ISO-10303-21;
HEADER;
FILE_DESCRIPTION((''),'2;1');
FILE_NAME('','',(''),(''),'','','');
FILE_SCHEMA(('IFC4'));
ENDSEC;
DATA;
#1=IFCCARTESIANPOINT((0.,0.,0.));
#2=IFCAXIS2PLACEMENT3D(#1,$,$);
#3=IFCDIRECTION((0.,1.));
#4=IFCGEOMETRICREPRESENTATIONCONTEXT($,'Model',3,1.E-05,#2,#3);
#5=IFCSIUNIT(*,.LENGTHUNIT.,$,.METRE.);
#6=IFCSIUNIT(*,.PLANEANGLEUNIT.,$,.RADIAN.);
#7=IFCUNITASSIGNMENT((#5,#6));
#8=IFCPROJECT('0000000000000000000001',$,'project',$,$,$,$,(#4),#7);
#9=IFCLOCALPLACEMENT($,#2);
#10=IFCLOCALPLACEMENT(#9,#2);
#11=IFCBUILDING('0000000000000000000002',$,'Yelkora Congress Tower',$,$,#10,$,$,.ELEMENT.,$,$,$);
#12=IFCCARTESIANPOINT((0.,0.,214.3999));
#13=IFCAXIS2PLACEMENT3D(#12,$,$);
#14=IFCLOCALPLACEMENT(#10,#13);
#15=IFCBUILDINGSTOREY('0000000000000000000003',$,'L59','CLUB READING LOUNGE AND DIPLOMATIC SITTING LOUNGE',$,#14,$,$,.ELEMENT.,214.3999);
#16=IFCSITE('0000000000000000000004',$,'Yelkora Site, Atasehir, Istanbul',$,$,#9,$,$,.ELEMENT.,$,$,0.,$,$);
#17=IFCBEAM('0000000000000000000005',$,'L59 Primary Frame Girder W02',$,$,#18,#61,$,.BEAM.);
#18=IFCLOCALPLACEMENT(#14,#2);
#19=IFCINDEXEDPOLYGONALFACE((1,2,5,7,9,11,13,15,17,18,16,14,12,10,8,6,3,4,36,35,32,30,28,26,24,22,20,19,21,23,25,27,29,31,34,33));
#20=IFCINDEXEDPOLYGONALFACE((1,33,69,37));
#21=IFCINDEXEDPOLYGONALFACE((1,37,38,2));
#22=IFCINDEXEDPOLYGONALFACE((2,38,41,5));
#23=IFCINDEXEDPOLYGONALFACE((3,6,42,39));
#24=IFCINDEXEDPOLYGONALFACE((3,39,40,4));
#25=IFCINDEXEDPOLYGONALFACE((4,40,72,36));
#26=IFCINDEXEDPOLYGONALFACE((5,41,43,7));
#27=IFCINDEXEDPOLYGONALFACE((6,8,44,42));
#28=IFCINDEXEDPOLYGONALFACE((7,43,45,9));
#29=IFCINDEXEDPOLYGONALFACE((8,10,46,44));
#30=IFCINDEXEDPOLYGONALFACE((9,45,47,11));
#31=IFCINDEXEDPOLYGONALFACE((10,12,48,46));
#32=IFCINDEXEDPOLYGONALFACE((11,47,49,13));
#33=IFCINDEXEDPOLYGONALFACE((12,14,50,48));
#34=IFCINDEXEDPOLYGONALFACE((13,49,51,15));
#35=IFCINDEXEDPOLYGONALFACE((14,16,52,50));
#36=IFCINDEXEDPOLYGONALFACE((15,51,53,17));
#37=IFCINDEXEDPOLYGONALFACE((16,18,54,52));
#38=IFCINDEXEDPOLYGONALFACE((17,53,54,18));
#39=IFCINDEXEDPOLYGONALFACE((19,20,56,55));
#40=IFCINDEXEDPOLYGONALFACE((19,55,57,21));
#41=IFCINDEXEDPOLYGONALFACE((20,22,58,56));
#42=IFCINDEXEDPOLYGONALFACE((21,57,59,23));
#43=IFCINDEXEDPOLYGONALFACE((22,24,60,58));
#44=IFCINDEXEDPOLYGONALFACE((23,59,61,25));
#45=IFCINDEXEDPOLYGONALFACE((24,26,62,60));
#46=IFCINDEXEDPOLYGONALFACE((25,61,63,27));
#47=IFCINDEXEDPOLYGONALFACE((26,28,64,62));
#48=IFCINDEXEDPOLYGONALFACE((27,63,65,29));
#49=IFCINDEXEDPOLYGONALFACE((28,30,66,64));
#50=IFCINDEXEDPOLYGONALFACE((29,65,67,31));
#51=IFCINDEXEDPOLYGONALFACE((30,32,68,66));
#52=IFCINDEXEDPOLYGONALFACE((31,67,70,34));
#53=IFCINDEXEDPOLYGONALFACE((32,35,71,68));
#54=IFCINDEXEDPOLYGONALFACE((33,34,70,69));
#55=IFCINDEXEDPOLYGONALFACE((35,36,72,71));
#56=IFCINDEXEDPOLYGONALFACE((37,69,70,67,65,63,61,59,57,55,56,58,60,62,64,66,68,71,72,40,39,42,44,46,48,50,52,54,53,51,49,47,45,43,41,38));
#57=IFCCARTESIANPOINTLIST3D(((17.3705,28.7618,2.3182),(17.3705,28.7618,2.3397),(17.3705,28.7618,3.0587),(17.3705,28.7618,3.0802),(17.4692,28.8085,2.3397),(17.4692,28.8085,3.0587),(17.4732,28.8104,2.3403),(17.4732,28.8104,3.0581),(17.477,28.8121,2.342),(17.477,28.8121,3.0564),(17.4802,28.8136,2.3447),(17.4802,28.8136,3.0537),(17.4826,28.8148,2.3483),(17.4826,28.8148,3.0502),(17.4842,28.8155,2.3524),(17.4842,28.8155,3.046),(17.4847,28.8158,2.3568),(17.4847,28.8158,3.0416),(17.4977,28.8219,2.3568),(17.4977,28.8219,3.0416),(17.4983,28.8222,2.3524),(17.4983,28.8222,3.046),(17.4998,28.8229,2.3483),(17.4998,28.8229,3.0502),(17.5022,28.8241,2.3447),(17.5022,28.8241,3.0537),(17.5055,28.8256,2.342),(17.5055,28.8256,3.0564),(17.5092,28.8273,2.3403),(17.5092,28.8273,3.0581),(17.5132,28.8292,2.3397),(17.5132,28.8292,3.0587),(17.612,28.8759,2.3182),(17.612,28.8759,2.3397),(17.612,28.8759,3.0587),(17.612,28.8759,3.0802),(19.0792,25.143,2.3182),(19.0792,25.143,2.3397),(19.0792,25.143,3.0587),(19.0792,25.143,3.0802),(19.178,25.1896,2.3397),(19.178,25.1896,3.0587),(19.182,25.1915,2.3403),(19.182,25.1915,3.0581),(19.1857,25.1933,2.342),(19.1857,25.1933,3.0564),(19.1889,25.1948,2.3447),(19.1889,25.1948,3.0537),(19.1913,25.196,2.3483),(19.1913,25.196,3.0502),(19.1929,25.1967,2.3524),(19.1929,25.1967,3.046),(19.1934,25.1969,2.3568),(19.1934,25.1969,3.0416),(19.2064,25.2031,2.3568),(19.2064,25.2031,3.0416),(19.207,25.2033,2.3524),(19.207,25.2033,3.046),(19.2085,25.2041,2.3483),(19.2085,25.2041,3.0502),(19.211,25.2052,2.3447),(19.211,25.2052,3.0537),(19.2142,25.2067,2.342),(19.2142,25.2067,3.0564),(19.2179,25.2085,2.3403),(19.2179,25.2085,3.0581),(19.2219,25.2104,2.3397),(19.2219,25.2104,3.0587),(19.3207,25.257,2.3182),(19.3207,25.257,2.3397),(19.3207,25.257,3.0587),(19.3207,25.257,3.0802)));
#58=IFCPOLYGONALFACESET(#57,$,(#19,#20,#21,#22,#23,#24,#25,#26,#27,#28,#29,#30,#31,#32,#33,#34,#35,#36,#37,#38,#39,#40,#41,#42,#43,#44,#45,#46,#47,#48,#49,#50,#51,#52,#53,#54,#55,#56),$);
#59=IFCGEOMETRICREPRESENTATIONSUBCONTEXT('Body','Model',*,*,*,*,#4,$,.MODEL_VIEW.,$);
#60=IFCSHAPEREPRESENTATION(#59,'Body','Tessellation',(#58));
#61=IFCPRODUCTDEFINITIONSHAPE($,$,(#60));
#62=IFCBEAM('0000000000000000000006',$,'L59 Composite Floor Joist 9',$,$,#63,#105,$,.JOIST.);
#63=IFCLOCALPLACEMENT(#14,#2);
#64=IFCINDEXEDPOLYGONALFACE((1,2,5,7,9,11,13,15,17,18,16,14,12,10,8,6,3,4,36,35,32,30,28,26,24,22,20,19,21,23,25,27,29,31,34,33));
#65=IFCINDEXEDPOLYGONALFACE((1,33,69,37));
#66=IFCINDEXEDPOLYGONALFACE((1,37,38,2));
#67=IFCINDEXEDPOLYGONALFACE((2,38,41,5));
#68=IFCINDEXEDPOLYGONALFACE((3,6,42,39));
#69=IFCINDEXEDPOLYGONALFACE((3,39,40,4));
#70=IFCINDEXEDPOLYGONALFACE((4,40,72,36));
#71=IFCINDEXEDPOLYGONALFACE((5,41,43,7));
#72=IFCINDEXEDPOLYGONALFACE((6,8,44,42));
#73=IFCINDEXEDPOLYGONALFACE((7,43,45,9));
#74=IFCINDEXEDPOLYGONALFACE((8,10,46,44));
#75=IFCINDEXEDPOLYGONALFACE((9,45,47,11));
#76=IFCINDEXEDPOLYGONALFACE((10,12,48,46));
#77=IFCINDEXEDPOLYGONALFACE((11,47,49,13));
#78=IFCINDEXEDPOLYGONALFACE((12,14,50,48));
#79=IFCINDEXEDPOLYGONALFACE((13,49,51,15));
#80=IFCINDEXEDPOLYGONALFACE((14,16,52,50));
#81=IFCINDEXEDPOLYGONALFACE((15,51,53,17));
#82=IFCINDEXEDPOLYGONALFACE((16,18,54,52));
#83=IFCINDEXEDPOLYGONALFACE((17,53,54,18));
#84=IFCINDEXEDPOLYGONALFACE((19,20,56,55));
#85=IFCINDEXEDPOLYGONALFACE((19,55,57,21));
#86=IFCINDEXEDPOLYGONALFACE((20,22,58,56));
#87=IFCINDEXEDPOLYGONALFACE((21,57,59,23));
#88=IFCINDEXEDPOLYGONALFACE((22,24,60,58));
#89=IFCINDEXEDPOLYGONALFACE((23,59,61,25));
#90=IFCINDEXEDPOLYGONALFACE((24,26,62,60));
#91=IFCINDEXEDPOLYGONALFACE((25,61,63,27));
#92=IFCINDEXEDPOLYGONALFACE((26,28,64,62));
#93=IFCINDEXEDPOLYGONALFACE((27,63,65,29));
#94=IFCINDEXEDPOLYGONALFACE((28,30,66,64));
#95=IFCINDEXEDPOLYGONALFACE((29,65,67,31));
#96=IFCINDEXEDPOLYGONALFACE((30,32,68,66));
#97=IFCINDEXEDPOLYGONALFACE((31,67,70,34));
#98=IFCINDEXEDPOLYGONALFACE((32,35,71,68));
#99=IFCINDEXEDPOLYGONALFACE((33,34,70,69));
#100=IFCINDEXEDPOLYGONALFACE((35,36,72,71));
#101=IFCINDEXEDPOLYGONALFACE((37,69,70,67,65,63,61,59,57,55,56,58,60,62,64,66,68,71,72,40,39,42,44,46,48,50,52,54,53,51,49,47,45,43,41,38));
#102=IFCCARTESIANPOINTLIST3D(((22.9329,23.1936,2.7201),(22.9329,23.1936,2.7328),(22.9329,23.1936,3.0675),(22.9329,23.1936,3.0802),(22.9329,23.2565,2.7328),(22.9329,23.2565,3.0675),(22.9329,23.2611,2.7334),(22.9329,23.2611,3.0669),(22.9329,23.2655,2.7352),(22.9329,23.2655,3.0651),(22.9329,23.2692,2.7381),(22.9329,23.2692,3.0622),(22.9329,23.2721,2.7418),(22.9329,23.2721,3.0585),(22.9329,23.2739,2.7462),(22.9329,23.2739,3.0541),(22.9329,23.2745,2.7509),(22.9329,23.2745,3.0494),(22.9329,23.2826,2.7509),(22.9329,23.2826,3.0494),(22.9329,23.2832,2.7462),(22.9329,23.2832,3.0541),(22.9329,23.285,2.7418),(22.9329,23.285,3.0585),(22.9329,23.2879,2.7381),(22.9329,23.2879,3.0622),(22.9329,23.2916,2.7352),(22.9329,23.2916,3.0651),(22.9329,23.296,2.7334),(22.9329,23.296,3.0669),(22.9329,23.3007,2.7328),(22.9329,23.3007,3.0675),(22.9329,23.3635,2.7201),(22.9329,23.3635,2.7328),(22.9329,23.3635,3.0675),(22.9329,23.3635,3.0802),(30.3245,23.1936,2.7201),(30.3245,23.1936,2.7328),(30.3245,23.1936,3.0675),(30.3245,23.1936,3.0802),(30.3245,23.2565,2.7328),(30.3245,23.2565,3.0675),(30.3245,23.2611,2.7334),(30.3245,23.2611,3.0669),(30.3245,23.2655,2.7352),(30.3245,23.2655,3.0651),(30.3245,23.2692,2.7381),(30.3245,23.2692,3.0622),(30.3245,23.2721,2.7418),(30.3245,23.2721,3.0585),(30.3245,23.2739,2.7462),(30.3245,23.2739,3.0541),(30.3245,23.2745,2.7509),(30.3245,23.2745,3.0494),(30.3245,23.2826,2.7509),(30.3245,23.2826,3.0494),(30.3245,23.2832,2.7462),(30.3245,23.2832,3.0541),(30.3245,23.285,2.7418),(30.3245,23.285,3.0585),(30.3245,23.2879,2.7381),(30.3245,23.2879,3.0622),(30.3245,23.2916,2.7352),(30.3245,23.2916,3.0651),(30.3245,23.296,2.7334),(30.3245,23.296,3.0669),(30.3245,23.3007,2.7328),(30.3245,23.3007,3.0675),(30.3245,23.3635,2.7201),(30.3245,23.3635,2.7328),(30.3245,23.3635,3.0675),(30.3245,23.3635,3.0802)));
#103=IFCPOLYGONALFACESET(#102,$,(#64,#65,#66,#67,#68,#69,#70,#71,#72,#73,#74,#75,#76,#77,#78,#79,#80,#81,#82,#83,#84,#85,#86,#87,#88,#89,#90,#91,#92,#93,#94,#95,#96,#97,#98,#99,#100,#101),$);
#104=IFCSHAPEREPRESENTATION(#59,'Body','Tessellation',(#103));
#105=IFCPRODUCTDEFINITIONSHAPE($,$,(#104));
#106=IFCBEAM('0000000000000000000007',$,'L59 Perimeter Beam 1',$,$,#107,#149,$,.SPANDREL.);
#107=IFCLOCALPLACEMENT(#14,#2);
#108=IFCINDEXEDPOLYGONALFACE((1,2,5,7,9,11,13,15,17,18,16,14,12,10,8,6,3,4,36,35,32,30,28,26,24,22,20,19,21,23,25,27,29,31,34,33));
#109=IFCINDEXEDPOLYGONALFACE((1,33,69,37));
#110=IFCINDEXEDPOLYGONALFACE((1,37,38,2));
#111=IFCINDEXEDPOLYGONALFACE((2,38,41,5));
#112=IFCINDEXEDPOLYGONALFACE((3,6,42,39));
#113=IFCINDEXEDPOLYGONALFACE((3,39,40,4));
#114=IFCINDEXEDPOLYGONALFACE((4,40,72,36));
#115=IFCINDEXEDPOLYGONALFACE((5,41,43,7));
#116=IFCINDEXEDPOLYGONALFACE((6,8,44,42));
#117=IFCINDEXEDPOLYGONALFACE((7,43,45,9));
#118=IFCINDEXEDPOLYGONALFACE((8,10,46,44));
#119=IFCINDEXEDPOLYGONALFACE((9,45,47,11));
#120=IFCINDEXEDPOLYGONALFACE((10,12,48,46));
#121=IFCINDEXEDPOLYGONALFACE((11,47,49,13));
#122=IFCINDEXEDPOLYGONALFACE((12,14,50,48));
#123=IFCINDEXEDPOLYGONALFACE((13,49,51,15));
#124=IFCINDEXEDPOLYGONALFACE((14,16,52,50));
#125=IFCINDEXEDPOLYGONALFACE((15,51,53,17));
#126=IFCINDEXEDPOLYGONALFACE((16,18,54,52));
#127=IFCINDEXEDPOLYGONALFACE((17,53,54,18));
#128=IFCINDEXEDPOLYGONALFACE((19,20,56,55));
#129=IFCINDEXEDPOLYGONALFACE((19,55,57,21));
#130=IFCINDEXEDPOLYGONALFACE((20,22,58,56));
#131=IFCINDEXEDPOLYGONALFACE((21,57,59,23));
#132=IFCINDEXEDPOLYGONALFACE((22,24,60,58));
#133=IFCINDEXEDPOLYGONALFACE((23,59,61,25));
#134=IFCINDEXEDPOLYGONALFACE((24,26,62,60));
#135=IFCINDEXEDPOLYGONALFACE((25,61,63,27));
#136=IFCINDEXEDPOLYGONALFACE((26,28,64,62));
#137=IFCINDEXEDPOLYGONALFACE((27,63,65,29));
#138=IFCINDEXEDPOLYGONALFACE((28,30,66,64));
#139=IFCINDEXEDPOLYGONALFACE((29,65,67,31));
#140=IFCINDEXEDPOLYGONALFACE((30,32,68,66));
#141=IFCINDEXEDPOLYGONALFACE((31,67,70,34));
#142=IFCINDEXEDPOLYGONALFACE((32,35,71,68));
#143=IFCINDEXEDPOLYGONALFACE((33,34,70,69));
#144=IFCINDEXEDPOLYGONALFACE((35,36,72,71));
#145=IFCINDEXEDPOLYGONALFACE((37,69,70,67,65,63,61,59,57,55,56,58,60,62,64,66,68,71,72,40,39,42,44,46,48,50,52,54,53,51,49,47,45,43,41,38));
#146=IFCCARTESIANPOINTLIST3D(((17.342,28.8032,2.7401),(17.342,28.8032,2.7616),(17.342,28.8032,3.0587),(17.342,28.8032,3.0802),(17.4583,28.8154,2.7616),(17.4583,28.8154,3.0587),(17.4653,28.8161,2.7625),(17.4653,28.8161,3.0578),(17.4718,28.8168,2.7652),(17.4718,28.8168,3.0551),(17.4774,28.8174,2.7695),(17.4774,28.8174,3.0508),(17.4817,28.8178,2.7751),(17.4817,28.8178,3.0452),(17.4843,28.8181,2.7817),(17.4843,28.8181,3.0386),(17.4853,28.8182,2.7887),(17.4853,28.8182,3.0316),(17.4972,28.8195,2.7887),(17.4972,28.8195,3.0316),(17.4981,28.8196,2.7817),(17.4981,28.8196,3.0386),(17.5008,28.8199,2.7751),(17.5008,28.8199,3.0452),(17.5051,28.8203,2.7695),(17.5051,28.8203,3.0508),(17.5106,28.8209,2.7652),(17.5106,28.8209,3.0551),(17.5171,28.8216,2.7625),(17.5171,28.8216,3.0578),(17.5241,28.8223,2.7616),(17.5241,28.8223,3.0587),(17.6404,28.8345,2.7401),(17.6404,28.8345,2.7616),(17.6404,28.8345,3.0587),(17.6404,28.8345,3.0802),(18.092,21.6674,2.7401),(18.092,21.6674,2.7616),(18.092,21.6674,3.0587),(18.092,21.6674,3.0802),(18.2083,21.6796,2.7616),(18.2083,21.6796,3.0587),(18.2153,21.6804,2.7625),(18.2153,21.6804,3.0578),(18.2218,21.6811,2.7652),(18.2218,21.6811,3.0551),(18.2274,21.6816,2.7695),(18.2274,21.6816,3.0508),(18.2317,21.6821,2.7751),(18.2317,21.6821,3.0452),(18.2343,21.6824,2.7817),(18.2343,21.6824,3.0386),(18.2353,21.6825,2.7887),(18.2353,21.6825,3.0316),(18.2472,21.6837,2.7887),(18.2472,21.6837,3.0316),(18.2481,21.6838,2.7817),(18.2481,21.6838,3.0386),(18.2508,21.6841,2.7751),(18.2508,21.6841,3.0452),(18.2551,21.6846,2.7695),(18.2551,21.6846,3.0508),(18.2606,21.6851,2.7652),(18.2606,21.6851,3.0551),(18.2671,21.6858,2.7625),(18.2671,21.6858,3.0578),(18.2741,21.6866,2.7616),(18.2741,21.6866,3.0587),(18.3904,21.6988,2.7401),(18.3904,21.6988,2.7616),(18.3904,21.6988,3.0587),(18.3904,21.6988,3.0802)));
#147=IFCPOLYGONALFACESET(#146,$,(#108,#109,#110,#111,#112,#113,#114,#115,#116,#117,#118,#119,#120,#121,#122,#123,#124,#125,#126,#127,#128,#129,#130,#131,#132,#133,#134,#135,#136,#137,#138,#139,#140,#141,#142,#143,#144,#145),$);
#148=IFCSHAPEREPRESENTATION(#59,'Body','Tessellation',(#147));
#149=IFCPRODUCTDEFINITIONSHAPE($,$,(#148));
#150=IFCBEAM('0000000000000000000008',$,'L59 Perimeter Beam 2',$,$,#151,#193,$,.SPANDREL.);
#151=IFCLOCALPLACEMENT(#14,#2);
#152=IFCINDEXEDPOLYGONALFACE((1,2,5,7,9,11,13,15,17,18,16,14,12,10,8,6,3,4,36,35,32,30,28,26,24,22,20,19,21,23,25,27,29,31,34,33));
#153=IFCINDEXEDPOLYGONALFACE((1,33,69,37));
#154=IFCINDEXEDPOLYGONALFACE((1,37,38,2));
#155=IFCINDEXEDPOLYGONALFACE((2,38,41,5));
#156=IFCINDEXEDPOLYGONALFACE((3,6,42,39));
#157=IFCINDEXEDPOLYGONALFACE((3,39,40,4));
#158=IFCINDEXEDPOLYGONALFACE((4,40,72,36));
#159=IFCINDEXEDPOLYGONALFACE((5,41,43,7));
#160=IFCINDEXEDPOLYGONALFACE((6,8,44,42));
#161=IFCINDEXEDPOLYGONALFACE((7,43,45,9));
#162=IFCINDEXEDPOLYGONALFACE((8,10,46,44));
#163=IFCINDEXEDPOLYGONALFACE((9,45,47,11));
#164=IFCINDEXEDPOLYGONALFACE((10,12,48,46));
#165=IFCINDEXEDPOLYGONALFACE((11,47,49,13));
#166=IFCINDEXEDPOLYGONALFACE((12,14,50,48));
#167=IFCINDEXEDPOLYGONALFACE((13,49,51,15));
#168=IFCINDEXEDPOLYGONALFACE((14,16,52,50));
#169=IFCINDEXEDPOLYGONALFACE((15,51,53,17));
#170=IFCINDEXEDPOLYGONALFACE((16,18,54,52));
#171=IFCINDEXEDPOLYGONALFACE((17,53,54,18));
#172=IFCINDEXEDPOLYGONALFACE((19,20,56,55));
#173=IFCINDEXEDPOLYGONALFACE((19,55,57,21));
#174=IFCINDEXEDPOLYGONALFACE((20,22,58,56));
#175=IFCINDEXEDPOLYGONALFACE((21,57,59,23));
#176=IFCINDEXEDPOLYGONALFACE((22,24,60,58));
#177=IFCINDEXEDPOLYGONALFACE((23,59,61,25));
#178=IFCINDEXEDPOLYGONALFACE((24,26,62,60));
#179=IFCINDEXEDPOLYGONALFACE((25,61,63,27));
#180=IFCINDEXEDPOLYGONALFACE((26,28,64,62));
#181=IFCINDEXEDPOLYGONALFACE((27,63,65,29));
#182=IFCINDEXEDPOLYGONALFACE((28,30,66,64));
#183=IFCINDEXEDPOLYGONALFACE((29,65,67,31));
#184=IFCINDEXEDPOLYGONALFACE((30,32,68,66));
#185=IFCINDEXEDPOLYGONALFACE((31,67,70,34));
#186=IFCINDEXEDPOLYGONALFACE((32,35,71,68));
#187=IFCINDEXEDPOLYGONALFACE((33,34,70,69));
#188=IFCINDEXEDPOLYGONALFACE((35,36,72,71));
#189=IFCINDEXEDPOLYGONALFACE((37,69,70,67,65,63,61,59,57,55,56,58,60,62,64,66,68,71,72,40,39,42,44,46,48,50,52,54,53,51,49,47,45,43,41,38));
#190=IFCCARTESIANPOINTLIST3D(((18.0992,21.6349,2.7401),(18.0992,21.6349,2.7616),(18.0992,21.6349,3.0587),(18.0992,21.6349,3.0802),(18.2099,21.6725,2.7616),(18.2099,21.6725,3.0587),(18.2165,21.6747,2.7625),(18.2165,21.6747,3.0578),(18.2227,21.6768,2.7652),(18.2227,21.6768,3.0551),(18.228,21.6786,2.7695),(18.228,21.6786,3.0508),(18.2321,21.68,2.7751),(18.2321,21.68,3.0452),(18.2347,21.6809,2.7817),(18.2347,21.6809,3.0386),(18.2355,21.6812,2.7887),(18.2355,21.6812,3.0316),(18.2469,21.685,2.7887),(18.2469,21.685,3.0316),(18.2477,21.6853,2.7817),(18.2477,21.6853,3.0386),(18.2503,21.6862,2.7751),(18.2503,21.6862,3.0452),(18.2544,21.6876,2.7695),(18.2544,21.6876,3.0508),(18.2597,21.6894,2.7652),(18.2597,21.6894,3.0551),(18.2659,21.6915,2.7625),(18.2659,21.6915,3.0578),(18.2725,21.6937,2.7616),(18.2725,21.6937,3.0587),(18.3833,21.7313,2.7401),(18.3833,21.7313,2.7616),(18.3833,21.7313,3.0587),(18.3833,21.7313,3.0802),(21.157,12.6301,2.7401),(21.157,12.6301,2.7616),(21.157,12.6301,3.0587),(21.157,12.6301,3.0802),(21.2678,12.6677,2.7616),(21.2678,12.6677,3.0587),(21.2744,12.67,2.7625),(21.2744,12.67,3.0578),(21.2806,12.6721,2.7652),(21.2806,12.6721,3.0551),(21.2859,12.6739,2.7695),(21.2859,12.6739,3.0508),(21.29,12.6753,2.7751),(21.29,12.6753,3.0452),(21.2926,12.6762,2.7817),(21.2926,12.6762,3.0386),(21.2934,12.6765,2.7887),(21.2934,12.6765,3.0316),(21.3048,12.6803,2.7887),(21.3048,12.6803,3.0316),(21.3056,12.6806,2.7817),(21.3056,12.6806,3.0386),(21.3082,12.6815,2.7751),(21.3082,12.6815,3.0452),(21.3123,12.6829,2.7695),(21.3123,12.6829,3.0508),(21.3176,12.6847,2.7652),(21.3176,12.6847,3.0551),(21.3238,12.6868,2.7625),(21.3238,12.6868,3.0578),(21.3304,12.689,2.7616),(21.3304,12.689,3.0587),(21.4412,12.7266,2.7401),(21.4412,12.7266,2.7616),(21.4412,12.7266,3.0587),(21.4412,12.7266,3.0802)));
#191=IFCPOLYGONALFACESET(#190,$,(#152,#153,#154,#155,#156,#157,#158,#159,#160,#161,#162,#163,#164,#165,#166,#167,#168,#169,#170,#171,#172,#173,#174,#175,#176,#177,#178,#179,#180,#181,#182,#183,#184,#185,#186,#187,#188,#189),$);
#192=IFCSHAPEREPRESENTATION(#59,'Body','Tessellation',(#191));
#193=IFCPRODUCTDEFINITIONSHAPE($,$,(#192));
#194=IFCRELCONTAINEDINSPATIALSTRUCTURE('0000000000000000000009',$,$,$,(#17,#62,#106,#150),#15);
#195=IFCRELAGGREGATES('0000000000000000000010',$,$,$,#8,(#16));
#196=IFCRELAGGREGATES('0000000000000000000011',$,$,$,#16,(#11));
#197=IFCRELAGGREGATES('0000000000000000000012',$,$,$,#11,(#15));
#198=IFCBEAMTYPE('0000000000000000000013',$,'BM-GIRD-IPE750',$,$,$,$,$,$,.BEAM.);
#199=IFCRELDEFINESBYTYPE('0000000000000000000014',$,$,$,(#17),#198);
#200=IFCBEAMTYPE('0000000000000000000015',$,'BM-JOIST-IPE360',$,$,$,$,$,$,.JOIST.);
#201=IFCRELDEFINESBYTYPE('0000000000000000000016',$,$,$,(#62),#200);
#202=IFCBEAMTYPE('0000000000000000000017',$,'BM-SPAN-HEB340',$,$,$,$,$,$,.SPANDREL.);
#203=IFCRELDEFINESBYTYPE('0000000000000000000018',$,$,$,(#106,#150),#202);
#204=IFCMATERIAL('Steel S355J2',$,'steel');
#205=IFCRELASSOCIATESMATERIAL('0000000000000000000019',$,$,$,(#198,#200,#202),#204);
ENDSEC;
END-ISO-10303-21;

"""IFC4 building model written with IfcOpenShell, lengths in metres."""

from ifc_helpers import new_model, si_unit, direction, frame, origin, origin_2d, place, context, subcontext, project, spatial, i_section, extrude, material, material_profile, profile_set, type_object, element, save


model = new_model("IFC4")

# Units and contexts
model_context = context("Model", 3, precision=1e-05, world=origin(), true_north=direction((0.0, 1.0)))
body_context = subcontext(model_context, "Body", "Model", "MODEL_VIEW")
ifc_project = project(units=[si_unit("LENGTHUNIT", "METRE"), si_unit("PLANEANGLEUNIT", "RADIAN")], contexts=[model_context])

# Site, building, storey
site_placement = place(None, origin())
site = spatial("IfcSite", under=ifc_project, at=site_placement, Name="Yelkora Site, Atasehir, Istanbul", CompositionType="ELEMENT", RefElevation=0.0)
building_placement = place(site_placement, origin())
building = spatial("IfcBuilding", under=site, at=building_placement, Name="Yelkora Congress Tower", CompositionType="ELEMENT")
storey_placement = place(building_placement, frame((0.0, 0.0, 214.3999)))
storey = spatial("IfcBuildingStorey", under=building, at=storey_placement, Name="L59", Description="CLUB READING LOUNGE AND DIPLOMATIC SITTING LOUNGE", CompositionType="ELEMENT", Elevation=214.3999)

# Shared definitions
ifc_material_1 = material(Name="Steel S355J2", Category="steel")

# Beams
ifc_material_profile_1 = material_profile(ifc_material_1, i_section(OverallWidth=0.2671, OverallDepth=0.762, WebThickness=0.0144, FlangeThickness=0.0215, FilletRadius=0.0171, at=origin_2d()), Name="IPE 750x173")
ifc_profile_set_1 = profile_set([ifc_material_profile_1], Name="Steel S355J2")
beam_type_1 = type_object("IfcBeamType", Name="BM-GIRD-IPE750", PredefinedType="BEAM", material=ifc_profile_set_1)
beam_1_placement = place(storey_placement, frame((17.4912, 28.8188, 2.6992), z_axis=(0.426969, -0.904266, 0.0), x_axis=(0.904266, 0.426969, 0.0)))
element("IfcBeam", 1, at=beam_1_placement, inside=storey, type_object=beam_type_1, Name="L59 Primary Frame Girder W02", PredefinedType="BEAM", context=body_context, shape_type="SweptSolid", body=[
    extrude(i_section(OverallWidth=0.2671, OverallDepth=0.762, WebThickness=0.0144, FlangeThickness=0.0215, FilletRadius=0.0171, at=origin_2d()), origin(), (0.0, 0.0, 1.0), 4.002),
])
ifc_material_profile_2 = material_profile(ifc_material_1, i_section(OverallWidth=0.1699, OverallDepth=0.3601, WebThickness=0.0081, FlangeThickness=0.0127, FilletRadius=0.0181, at=origin_2d()), Name="IPE 360")
ifc_profile_set_2 = profile_set([ifc_material_profile_2], Name="Steel S355J2")
beam_type_2 = type_object("IfcBeamType", Name="BM-JOIST-IPE360", PredefinedType="JOIST", material=ifc_profile_set_2)
beam_2_placement = place(storey_placement, frame((22.9329, 23.2786, 2.9001), z_axis=(1.0, 0.0, 0.0), x_axis=(0.0, 1.0, 0.0)))
element("IfcBeam", 2, at=beam_2_placement, inside=storey, type_object=beam_type_2, Name="L59 Composite Floor Joist 9", PredefinedType="JOIST", context=body_context, shape_type="SweptSolid", body=[
    extrude(i_section(OverallWidth=0.1699, OverallDepth=0.3601, WebThickness=0.0081, FlangeThickness=0.0127, FilletRadius=0.0181, at=origin_2d()), origin(), (0.0, 0.0, 1.0), 7.3916),
])
ifc_material_profile_3 = material_profile(ifc_material_1, i_section(OverallWidth=0.3, OverallDepth=0.3401, WebThickness=0.012, FlangeThickness=0.0215, FilletRadius=0.0271, at=origin_2d()), Name="HEB 340")
ifc_profile_set_3 = profile_set([ifc_material_profile_3], Name="Steel S355J2")
beam_type_3 = type_object("IfcBeamType", Name="BM-SPAN-HEB340", PredefinedType="SPANDREL", material=ifc_profile_set_3)
beam_3_placement = place(storey_placement, frame((17.4912, 28.8188, 2.9102), z_axis=(0.104529, -0.994522, 0.0), x_axis=(0.994522, 0.104529, 0.0)))
element("IfcBeam", 3, at=beam_3_placement, inside=storey, type_object=beam_type_3, Name="L59 Perimeter Beam 1", PredefinedType="SPANDREL", context=body_context, shape_type="SweptSolid", body=[
    extrude(i_section(OverallWidth=0.3, OverallDepth=0.3401, WebThickness=0.012, FlangeThickness=0.0215, FilletRadius=0.0271, at=origin_2d()), origin(), (0.0, 0.0, 1.0), 7.175),
])
beam_4_placement = place(storey_placement, frame((18.2412, 21.6831, 2.9102), z_axis=(0.321552, -0.946892, 0.0), x_axis=(0.946892, 0.321552, 0.0)))
element("IfcBeam", 4, at=beam_4_placement, inside=storey, type_object=beam_type_3, Name="L59 Perimeter Beam 2", PredefinedType="SPANDREL", context=body_context, shape_type="SweptSolid", body=[
    extrude(i_section(OverallWidth=0.3, OverallDepth=0.3401, WebThickness=0.012, FlangeThickness=0.0215, FilletRadius=0.0271, at=origin_2d()), origin(), (0.0, 0.0, 1.0), 9.5098),
])

save(model, "model.ifc")
